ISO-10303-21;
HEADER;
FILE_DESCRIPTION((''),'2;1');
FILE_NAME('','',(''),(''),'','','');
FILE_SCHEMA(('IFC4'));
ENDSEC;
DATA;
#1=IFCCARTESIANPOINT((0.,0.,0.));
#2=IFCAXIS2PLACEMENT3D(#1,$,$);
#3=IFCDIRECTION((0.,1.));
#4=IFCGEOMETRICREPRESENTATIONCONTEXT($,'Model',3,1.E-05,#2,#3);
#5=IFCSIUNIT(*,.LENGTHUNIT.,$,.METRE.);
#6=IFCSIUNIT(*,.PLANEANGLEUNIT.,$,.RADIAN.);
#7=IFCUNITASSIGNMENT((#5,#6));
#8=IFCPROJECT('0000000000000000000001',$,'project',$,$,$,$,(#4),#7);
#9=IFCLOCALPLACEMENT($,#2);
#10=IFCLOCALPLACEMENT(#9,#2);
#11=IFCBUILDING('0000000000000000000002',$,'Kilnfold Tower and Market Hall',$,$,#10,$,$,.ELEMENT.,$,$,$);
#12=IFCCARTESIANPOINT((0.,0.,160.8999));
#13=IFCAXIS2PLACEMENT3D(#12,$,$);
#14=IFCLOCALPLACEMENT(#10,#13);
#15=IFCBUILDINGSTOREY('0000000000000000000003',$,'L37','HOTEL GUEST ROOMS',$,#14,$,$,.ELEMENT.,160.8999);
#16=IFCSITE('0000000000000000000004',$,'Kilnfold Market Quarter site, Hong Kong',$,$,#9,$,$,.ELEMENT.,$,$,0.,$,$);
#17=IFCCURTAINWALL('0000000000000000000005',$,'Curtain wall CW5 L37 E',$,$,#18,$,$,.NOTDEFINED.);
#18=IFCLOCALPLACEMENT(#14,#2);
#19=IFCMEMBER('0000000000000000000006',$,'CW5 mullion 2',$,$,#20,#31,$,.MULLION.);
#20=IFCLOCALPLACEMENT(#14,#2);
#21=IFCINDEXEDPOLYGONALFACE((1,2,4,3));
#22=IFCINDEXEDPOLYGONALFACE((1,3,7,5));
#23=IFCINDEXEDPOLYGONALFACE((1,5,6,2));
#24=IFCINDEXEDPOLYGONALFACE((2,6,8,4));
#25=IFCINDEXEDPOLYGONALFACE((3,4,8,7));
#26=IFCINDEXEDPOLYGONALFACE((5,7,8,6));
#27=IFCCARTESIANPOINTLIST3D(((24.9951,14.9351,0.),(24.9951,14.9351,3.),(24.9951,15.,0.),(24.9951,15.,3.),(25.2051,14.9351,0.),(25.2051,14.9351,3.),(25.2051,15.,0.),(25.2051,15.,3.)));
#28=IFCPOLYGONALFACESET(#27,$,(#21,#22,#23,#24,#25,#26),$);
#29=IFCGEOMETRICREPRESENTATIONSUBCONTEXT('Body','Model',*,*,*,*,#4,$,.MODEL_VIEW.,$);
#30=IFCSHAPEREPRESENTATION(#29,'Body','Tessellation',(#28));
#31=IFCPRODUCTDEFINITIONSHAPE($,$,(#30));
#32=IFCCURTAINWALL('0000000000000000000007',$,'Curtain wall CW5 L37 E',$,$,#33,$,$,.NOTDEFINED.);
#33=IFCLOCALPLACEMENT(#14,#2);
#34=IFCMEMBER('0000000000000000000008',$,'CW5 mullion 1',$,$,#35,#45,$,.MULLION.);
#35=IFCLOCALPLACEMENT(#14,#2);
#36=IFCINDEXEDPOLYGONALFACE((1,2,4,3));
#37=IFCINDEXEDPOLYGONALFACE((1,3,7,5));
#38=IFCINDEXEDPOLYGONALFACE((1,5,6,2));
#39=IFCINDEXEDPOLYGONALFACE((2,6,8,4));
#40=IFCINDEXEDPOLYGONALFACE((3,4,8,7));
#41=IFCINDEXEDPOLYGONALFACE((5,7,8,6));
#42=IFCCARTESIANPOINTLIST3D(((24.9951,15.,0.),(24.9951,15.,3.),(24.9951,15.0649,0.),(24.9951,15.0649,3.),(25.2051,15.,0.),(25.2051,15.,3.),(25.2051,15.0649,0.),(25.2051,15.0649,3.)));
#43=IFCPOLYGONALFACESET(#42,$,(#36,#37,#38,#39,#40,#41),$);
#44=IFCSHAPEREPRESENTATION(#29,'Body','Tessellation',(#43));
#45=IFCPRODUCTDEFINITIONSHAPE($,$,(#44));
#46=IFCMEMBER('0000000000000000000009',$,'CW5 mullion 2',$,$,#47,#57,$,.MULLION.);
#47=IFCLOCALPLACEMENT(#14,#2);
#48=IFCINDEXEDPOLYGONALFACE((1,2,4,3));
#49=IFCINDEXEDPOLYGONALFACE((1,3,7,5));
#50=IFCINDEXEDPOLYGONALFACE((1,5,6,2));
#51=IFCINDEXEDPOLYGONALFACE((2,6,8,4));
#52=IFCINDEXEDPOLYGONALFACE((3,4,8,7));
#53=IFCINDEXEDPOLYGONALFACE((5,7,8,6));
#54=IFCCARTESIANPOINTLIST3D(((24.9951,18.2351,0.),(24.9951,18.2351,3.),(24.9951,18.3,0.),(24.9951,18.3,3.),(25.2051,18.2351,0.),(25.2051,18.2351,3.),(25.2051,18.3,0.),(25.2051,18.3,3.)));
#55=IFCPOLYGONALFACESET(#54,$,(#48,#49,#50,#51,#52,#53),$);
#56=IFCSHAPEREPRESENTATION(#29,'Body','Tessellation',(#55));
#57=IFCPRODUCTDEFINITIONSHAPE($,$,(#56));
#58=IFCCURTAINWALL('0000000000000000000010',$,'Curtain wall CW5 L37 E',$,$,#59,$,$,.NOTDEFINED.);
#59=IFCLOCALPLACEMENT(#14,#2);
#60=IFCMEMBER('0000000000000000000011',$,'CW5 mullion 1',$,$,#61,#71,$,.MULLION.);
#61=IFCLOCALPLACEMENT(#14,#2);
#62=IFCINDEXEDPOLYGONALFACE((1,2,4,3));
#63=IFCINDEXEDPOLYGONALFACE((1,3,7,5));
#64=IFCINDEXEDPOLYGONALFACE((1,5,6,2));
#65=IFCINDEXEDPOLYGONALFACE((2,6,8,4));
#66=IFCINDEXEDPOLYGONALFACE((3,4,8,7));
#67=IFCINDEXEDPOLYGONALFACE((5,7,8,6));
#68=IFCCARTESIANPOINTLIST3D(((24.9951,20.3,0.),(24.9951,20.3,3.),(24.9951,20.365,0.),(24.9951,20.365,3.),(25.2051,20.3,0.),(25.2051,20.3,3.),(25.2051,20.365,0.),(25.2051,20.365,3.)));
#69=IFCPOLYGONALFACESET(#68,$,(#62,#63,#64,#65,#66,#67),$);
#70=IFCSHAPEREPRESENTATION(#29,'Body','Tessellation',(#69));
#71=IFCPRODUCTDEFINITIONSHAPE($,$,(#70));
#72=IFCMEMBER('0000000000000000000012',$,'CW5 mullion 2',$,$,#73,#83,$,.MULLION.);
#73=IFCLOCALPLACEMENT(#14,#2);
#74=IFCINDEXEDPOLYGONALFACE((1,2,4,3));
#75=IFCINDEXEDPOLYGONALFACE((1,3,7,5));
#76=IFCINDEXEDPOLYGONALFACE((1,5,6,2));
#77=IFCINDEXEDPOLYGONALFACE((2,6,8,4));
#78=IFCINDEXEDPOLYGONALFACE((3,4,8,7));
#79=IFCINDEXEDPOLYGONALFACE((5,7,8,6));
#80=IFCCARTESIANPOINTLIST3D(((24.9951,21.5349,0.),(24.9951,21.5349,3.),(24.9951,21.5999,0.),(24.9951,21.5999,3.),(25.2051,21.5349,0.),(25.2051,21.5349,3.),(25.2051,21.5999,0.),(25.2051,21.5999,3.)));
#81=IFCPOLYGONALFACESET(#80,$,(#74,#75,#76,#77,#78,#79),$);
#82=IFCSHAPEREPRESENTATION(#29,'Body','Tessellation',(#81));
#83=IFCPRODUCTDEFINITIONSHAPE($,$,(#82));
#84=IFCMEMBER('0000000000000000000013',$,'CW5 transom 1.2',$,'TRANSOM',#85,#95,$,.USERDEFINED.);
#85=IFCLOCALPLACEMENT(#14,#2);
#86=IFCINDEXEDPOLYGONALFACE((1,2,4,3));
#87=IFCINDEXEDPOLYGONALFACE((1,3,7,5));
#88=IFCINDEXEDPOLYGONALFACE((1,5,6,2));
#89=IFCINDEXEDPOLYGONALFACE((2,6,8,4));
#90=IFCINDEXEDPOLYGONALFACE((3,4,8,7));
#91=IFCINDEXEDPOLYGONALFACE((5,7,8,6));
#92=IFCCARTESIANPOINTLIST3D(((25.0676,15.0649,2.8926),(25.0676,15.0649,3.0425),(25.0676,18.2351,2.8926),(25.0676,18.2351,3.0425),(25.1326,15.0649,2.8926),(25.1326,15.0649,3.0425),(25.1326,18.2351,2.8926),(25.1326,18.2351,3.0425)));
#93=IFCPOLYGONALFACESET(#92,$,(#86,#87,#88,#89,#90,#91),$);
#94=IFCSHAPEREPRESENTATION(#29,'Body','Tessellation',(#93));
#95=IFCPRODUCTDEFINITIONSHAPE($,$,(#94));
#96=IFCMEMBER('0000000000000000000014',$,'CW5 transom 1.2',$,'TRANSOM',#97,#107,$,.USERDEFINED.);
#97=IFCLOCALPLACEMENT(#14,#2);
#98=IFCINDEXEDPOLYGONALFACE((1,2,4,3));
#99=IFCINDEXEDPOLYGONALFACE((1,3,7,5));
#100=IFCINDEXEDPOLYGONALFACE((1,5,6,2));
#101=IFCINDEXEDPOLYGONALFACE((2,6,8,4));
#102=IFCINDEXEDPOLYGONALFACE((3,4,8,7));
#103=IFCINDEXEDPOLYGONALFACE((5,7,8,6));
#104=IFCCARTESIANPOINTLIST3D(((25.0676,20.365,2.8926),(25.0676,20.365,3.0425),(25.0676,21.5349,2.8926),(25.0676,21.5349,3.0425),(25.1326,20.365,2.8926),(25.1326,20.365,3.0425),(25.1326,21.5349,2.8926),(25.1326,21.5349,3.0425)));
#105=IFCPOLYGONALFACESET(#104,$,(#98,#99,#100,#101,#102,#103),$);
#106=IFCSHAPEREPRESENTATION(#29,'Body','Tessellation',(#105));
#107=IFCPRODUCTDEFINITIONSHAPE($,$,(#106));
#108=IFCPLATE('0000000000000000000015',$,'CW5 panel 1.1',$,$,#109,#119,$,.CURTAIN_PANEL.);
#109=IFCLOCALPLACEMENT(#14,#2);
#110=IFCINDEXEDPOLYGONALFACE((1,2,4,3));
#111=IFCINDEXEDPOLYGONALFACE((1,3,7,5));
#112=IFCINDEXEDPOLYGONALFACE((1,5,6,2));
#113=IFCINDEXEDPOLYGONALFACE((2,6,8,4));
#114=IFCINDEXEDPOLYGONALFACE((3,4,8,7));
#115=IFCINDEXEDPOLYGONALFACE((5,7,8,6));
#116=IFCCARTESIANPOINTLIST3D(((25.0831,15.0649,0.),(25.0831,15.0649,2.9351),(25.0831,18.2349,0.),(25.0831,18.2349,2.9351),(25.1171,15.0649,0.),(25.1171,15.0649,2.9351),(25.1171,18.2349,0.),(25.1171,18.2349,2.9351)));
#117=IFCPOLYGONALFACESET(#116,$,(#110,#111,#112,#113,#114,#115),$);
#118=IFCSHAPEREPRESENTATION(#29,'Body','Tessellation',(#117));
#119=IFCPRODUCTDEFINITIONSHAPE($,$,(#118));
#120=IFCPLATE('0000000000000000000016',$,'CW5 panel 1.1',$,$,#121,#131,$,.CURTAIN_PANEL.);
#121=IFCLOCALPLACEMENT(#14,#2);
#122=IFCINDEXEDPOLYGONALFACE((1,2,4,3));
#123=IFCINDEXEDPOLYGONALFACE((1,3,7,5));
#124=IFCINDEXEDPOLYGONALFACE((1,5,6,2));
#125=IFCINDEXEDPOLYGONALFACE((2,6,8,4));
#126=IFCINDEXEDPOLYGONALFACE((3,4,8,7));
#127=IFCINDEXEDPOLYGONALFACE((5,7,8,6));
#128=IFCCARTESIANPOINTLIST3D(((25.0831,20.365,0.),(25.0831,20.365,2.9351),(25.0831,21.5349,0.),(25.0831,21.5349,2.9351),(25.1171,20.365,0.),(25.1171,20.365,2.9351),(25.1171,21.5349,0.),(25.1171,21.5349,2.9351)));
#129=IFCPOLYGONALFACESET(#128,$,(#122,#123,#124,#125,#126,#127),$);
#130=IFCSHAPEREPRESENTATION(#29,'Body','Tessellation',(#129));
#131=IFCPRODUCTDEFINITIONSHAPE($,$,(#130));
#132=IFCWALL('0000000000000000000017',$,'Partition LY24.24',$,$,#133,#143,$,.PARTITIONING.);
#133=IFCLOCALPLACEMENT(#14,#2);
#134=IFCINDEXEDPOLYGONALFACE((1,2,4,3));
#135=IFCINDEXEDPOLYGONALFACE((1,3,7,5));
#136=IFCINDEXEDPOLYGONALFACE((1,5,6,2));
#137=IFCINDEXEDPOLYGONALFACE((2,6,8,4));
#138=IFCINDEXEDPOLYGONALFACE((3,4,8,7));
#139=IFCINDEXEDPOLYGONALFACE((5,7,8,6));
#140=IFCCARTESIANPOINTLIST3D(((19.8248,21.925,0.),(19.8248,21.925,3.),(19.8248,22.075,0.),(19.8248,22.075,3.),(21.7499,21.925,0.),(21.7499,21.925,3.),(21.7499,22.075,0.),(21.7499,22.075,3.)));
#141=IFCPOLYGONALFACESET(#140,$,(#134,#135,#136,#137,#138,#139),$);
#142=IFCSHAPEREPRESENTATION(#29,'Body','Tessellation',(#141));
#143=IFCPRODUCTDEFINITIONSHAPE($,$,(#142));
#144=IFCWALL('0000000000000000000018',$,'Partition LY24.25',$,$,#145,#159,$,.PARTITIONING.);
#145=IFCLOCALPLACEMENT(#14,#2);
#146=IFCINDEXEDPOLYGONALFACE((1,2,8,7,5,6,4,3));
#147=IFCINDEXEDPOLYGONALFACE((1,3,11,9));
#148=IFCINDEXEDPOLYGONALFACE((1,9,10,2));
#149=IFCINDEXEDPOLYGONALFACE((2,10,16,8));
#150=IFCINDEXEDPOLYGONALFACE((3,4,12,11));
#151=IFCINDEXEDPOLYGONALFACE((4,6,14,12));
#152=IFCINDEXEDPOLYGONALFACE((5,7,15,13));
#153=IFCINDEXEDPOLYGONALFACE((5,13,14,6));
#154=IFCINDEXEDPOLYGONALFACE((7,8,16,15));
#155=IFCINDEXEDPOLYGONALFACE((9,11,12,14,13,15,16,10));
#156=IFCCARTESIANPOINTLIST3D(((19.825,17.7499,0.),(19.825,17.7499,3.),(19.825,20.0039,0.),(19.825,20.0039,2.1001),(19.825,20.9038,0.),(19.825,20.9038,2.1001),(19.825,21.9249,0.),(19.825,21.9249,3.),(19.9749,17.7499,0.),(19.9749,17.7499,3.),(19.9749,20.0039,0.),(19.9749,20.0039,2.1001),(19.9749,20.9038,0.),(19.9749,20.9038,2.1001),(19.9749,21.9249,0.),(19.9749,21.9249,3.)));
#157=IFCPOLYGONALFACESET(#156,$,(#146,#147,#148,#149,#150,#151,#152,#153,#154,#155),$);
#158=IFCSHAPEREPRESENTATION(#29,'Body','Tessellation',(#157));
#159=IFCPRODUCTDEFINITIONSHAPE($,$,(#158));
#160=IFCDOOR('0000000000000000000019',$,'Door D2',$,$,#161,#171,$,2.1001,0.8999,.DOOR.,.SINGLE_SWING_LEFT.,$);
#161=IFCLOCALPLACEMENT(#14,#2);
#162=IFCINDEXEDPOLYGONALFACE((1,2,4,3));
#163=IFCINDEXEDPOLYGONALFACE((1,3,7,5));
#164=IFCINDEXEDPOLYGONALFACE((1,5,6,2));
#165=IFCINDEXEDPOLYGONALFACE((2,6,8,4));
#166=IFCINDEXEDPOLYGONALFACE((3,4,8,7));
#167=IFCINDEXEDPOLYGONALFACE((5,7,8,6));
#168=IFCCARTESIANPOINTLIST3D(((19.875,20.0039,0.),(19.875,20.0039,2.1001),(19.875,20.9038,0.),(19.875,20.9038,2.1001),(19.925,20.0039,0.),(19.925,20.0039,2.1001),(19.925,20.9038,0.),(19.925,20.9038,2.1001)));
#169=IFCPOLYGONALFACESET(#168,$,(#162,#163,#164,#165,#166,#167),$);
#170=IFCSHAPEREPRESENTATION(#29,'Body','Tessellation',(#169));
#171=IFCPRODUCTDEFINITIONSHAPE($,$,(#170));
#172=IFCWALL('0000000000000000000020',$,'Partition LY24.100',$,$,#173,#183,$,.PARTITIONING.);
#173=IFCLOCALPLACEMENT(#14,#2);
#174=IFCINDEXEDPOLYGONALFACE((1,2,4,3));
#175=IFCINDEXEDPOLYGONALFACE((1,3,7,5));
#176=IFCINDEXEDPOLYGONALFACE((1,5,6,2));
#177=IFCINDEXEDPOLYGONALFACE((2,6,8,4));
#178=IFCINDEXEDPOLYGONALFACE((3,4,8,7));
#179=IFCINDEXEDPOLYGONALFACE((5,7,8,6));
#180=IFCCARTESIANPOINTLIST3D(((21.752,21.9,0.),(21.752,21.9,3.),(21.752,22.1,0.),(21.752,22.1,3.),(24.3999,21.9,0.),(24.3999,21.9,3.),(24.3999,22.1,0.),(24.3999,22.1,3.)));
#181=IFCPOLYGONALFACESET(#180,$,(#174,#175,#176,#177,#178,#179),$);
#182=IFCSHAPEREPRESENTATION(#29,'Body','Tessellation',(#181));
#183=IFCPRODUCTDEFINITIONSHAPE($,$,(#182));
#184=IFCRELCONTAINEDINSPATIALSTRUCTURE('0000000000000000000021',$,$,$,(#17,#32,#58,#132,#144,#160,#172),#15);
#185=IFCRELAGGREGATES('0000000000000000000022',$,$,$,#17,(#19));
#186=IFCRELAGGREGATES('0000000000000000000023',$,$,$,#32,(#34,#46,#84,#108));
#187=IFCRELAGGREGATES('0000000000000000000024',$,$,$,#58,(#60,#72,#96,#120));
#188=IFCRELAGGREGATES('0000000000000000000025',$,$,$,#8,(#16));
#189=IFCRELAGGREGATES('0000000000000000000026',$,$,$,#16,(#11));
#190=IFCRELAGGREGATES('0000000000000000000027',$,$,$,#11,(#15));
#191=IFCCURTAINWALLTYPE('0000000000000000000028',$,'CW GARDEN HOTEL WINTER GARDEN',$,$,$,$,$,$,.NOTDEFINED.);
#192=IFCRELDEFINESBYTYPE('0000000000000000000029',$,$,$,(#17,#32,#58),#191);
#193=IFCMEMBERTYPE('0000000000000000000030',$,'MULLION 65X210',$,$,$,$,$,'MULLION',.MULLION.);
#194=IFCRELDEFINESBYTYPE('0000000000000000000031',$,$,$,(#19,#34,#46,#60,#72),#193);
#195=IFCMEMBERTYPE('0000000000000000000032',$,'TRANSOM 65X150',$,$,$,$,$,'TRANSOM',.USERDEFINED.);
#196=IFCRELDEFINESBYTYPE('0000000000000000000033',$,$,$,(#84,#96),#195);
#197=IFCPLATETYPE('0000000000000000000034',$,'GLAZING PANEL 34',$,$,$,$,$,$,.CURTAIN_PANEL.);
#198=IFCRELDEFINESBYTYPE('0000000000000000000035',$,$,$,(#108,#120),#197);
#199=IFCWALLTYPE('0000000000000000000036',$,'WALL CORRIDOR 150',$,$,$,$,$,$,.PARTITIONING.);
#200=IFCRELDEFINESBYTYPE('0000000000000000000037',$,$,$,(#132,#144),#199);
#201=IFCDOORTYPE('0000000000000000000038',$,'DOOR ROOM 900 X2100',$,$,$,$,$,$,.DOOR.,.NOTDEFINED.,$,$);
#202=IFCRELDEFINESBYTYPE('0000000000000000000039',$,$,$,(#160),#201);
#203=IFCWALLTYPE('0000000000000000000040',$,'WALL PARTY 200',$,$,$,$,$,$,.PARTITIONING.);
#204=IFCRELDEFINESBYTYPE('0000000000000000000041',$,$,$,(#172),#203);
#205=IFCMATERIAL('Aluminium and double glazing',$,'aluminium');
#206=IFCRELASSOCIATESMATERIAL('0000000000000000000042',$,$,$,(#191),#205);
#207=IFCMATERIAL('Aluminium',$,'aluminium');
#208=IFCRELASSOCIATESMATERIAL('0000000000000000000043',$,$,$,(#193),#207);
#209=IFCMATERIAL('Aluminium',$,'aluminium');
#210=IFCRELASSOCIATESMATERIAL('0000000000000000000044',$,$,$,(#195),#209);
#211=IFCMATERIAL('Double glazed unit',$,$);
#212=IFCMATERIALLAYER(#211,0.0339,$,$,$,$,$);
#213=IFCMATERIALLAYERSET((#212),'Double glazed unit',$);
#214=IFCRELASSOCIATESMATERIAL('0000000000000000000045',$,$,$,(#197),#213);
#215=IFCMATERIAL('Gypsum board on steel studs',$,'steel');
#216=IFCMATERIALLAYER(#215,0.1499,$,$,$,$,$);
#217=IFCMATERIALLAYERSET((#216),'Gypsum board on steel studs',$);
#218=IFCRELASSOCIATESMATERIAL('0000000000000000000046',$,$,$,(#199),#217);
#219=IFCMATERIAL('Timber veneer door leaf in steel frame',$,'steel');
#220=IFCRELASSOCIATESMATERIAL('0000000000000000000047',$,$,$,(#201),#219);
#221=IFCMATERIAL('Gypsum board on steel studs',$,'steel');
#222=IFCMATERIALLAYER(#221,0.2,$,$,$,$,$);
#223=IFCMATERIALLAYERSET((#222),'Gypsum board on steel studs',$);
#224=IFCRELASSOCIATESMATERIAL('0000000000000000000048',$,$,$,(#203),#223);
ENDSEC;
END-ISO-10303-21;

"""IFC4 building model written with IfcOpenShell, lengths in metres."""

from ifc_helpers import new_model, si_unit, direction, frame, frame_2d, origin, origin_2d, place, context, subcontext, project, spatial, rectangle, extrude, source, transform, mapped, material, layer, layer_set, material_profile, profile_set, type_object, element, fill, aggregate, save


model = new_model("IFC4")

# Units and contexts
model_context = context("Model", 3, precision=1e-05, world=origin(), true_north=direction((0.0, 1.0)))
body_context = subcontext(model_context, "Body", "Model", "MODEL_VIEW")
ifc_project = project(units=[si_unit("LENGTHUNIT", "METRE"), si_unit("PLANEANGLEUNIT", "RADIAN")], contexts=[model_context])

# Site, building, storey
site_placement = place(None, origin())
site = spatial("IfcSite", under=ifc_project, at=site_placement, Name="Kilnfold Market Quarter site, Hong Kong", CompositionType="ELEMENT", RefElevation=0.0)
building_placement = place(site_placement, origin())
building = spatial("IfcBuilding", under=site, at=building_placement, Name="Kilnfold Tower and Market Hall", CompositionType="ELEMENT")
storey_placement = place(building_placement, frame((0.0, 0.0, 160.8999)))
storey = spatial("IfcBuildingStorey", under=building, at=storey_placement, Name="L37", Description="HOTEL GUEST ROOMS", CompositionType="ELEMENT", Elevation=160.8999)

# Curtain wall, member
ifc_material_1 = material(Name="Aluminium and double glazing", Category="aluminium")
curtain_wall_type = type_object("IfcCurtainWallType", Name="CW GARDEN HOTEL WINTER GARDEN", PredefinedType="NOTDEFINED", material=ifc_material_1)
curtain_wall_1_placement = place(storey_placement, origin())
curtain_wall_1 = element("IfcCurtainWall", 1, at=curtain_wall_1_placement, inside=storey, type_object=curtain_wall_type, Name="Curtain wall CW5 L37 E", PredefinedType="NOTDEFINED")
ifc_material_2 = material(Name="Aluminium", Category="aluminium")
ifc_material_profile_1 = material_profile(ifc_material_2, rectangle(XDim=0.0649, YDim=0.21, at=origin_2d()), Name="MULLION 65x210")
ifc_profile_set_1 = profile_set([ifc_material_profile_1], Name="Aluminium")
member_type_1 = type_object("IfcMemberType", Name="MULLION 65X210", ElementType="MULLION", PredefinedType="MULLION", material=ifc_profile_set_1)
shared_shape_1 = source(origin(), body_context, "Body", "SweptSolid", [
    extrude(rectangle(XDim=0.0649, YDim=0.21, at=origin_2d()), origin(), (0.0, 0.0, 1.0), 3.0),
])
member_1_placement = place(storey_placement, frame((25.1001, 14.9675, 0.0), z_axis=(0.0, 0.0, 1.0), x_axis=(0.0, 1.0, 0.0)))
member_1 = element("IfcMember", 2, at=member_1_placement, type_object=member_type_1, Name="CW5 mullion 2", PredefinedType="MULLION", context=body_context, shape_type="MappedRepresentation", body=[
    mapped(shared_shape_1, transform((0.0, 0.0, 0.0))),
])
aggregate(curtain_wall_1, [member_1])

# Curtain walls, members
curtain_wall_2_placement = place(storey_placement, origin())
curtain_wall_2 = element("IfcCurtainWall", 3, at=curtain_wall_2_placement, inside=storey, type_object=curtain_wall_type, Name="Curtain wall CW5 L37 E", PredefinedType="NOTDEFINED")
member_2_placement = place(storey_placement, frame((25.1001, 15.0325, 0.0), z_axis=(0.0, 0.0, 1.0), x_axis=(0.0, 1.0, 0.0)))
member_2 = element("IfcMember", 4, at=member_2_placement, type_object=member_type_1, Name="CW5 mullion 1", PredefinedType="MULLION", context=body_context, shape_type="MappedRepresentation", body=[
    mapped(shared_shape_1, transform((0.0, 0.0, 0.0))),
])
member_3_placement = place(storey_placement, frame((25.1001, 18.2676, 0.0), z_axis=(0.0, 0.0, 1.0), x_axis=(0.0, 1.0, 0.0)))
member_3 = element("IfcMember", 5, at=member_3_placement, type_object=member_type_1, Name="CW5 mullion 2", PredefinedType="MULLION", context=body_context, shape_type="MappedRepresentation", body=[
    mapped(shared_shape_1, transform((0.0, 0.0, 0.0))),
])
curtain_wall_3_placement = place(storey_placement, origin())
curtain_wall_3 = element("IfcCurtainWall", 6, at=curtain_wall_3_placement, inside=storey, type_object=curtain_wall_type, Name="Curtain wall CW5 L37 E", PredefinedType="NOTDEFINED")
member_4_placement = place(storey_placement, frame((25.1001, 20.3325, 0.0), z_axis=(0.0, 0.0, 1.0), x_axis=(0.0, 1.0, 0.0)))
member_4 = element("IfcMember", 7, at=member_4_placement, type_object=member_type_1, Name="CW5 mullion 1", PredefinedType="MULLION", context=body_context, shape_type="MappedRepresentation", body=[
    mapped(shared_shape_1, transform((0.0, 0.0, 0.0))),
])
member_5_placement = place(storey_placement, frame((25.1001, 21.5674, 0.0), z_axis=(0.0, 0.0, 1.0), x_axis=(0.0, 1.0, 0.0)))
member_5 = element("IfcMember", 8, at=member_5_placement, type_object=member_type_1, Name="CW5 mullion 2", PredefinedType="MULLION", context=body_context, shape_type="MappedRepresentation", body=[
    mapped(shared_shape_1, transform((0.0, 0.0, 0.0))),
])

# Members
ifc_material_3 = material(Name="Aluminium", Category="aluminium")
ifc_material_profile_2 = material_profile(ifc_material_3, rectangle(XDim=0.0649, YDim=0.1499, at=origin_2d()), Name="TRANSOM 65x150")
ifc_profile_set_2 = profile_set([ifc_material_profile_2], Name="Aluminium")
member_type_2 = type_object("IfcMemberType", Name="TRANSOM 65X150", ElementType="TRANSOM", PredefinedType="USERDEFINED", material=ifc_profile_set_2)
shared_shape_2 = source(origin(), body_context, "Body", "SweptSolid", [
    extrude(rectangle(XDim=0.0649, YDim=0.1499, at=origin_2d()), origin(), (0.0, 0.0, 1.0), 3.1702),
])
member_6_placement = place(storey_placement, frame((25.1001, 15.0649, 2.9675), z_axis=(0.0, 1.0, 0.0), x_axis=(-1.0, 0.0, 0.0)))
member_6 = element("IfcMember", 9, at=member_6_placement, type_object=member_type_2, Name="CW5 transom 1.2", ObjectType="TRANSOM", PredefinedType="USERDEFINED", context=body_context, shape_type="MappedRepresentation", body=[
    mapped(shared_shape_2, transform((0.0, 0.0, 0.0))),
])
shared_shape_3 = source(origin(), body_context, "Body", "SweptSolid", [
    extrude(rectangle(XDim=0.0649, YDim=0.1499, at=origin_2d()), origin(), (0.0, 0.0, 1.0), 1.1699),
])
member_7_placement = place(storey_placement, frame((25.1001, 20.365, 2.9675), z_axis=(0.0, 1.0, 0.0), x_axis=(-1.0, 0.0, 0.0)))
member_7 = element("IfcMember", 10, at=member_7_placement, type_object=member_type_2, Name="CW5 transom 1.2", ObjectType="TRANSOM", PredefinedType="USERDEFINED", context=body_context, shape_type="MappedRepresentation", body=[
    mapped(shared_shape_3, transform((0.0, 0.0, 0.0))),
])

# Plates
ifc_material_4 = material(Name="Double glazed unit")
ifc_layer_1 = layer(ifc_material_4, 0.0339)
ifc_layer_set_1 = layer_set([ifc_layer_1], Name="Double glazed unit")
plate_type = type_object("IfcPlateType", Name="GLAZING PANEL 34", PredefinedType="CURTAIN_PANEL", material=ifc_layer_set_1)
shared_shape_4 = source(origin(), body_context, "Body", "SweptSolid", [
    extrude(rectangle(XDim=3.1699, YDim=0.0339, at=origin_2d()), origin(), (0.0, 0.0, 1.0), 2.9351),
])
plate_1_placement = place(storey_placement, frame((25.1001, 16.6499, 0.0), z_axis=(0.0, 0.0, 1.0), x_axis=(0.0, 1.0, 0.0)))
plate_1 = element("IfcPlate", 11, at=plate_1_placement, type_object=plate_type, Name="CW5 panel 1.1", PredefinedType="CURTAIN_PANEL", context=body_context, shape_type="MappedRepresentation", body=[
    mapped(shared_shape_4, transform((0.0, 0.0, 0.0))),
])
aggregate(curtain_wall_2, [member_2, member_3, member_6, plate_1])
shared_shape_5 = source(origin(), body_context, "Body", "SweptSolid", [
    extrude(rectangle(XDim=1.1699, YDim=0.0339, at=origin_2d()), origin(), (0.0, 0.0, 1.0), 2.9351),
])
plate_2_placement = place(storey_placement, frame((25.1001, 20.95, 0.0), z_axis=(0.0, 0.0, 1.0), x_axis=(0.0, 1.0, 0.0)))
plate_2 = element("IfcPlate", 12, at=plate_2_placement, type_object=plate_type, Name="CW5 panel 1.1", PredefinedType="CURTAIN_PANEL", context=body_context, shape_type="MappedRepresentation", body=[
    mapped(shared_shape_5, transform((0.0, 0.0, 0.0))),
])
aggregate(curtain_wall_3, [member_4, member_5, member_7, plate_2])

# Wall
ifc_material_5 = material(Name="Gypsum board on steel studs", Category="steel")
ifc_layer_2 = layer(ifc_material_5, 0.1499)
ifc_layer_set_2 = layer_set([ifc_layer_2], Name="Gypsum board on steel studs")
wall_type_1 = type_object("IfcWallType", Name="WALL CORRIDOR 150", PredefinedType="PARTITIONING", material=ifc_layer_set_2)
wall_1_placement = place(storey_placement, frame((19.825, 22.0, 0.0), z_axis=(0.0, 0.0, 1.0), x_axis=(1.0, 0.0, 0.0)))
element("IfcWall", 13, at=wall_1_placement, inside=storey, type_object=wall_type_1, Name="Partition LY24.24", PredefinedType="PARTITIONING", context=body_context, shape_type="SweptSolid", body=[
    extrude(rectangle(XDim=1.925, YDim=0.1499, at=frame_2d((0.9624, 0.0))), origin(), (0.0, 0.0, 1.0), 3.0),
])

# Wall, opening, door
wall_2_placement = place(storey_placement, frame((19.8999, 17.75, 0.0), z_axis=(0.0, 0.0, 1.0), x_axis=(0.0, 1.0, 0.0)))
wall_2 = element("IfcWall", 14, at=wall_2_placement, inside=storey, type_object=wall_type_1, Name="Partition LY24.25", PredefinedType="PARTITIONING", context=body_context, shape_type="SweptSolid", body=[
    extrude(rectangle(XDim=4.175, YDim=0.1499, at=frame_2d((2.0874, 0.0))), origin(), (0.0, 0.0, 1.0), 3.0),
])
opening_1_placement = place(wall_2_placement, frame((2.2539, 0.0, 0.0)))
opening_1 = element("IfcOpeningElement", 15, at=opening_1_placement, cuts=wall_2, PredefinedType="OPENING", context=body_context, shape_type="SweptSolid", body=[
    extrude(rectangle(XDim=0.8999, YDim=2.1001, at=frame_2d((0.45, 1.05))), frame((0.0, 0.085, 0.0), z_axis=(0.0, -1.0, 0.0), x_axis=(1.0, 0.0, 0.0)), (0.0, 0.0, 1.0), 0.1699),
])
ifc_material_6 = material(Name="Timber veneer door leaf in steel frame", Category="steel")
door_type_1 = type_object("IfcDoorType", Name="DOOR ROOM 900 X2100", OperationType="NOTDEFINED", PredefinedType="DOOR", material=ifc_material_6)
door_1_placement = place(opening_1_placement, origin())
door_1 = element("IfcDoor", 16, at=door_1_placement, inside=storey, type_object=door_type_1, Name="Door D2", OperationType="SINGLE_SWING_LEFT", OverallHeight=2.1001, OverallWidth=0.8999, PredefinedType="DOOR", context=body_context, shape_type="SweptSolid", body=[
    extrude(rectangle(XDim=0.8999, YDim=2.1001, at=frame_2d((0.45, 1.05))), frame((0.0, 0.0249, 0.0), z_axis=(0.0, -1.0, 0.0), x_axis=(1.0, 0.0, 0.0)), (0.0, 0.0, 1.0), 0.05),
])
fill(opening_1, door_1)

# Wall
ifc_material_7 = material(Name="Gypsum board on steel studs", Category="steel")
ifc_layer_3 = layer(ifc_material_7, 0.2)
ifc_layer_set_3 = layer_set([ifc_layer_3], Name="Gypsum board on steel studs")
wall_type_2 = type_object("IfcWallType", Name="WALL PARTY 200", PredefinedType="PARTITIONING", material=ifc_layer_set_3)
wall_3_placement = place(storey_placement, frame((21.752, 22.0, 0.0), z_axis=(0.0, 0.0, 1.0), x_axis=(1.0, 0.0, 0.0)))
element("IfcWall", 17, at=wall_3_placement, inside=storey, type_object=wall_type_2, Name="Partition LY24.100", PredefinedType="PARTITIONING", context=body_context, shape_type="SweptSolid", body=[
    extrude(rectangle(XDim=2.6479, YDim=0.2, at=frame_2d((1.324, 0.0))), origin(), (0.0, 0.0, 1.0), 3.0),
])

save(model, "model.ifc")
